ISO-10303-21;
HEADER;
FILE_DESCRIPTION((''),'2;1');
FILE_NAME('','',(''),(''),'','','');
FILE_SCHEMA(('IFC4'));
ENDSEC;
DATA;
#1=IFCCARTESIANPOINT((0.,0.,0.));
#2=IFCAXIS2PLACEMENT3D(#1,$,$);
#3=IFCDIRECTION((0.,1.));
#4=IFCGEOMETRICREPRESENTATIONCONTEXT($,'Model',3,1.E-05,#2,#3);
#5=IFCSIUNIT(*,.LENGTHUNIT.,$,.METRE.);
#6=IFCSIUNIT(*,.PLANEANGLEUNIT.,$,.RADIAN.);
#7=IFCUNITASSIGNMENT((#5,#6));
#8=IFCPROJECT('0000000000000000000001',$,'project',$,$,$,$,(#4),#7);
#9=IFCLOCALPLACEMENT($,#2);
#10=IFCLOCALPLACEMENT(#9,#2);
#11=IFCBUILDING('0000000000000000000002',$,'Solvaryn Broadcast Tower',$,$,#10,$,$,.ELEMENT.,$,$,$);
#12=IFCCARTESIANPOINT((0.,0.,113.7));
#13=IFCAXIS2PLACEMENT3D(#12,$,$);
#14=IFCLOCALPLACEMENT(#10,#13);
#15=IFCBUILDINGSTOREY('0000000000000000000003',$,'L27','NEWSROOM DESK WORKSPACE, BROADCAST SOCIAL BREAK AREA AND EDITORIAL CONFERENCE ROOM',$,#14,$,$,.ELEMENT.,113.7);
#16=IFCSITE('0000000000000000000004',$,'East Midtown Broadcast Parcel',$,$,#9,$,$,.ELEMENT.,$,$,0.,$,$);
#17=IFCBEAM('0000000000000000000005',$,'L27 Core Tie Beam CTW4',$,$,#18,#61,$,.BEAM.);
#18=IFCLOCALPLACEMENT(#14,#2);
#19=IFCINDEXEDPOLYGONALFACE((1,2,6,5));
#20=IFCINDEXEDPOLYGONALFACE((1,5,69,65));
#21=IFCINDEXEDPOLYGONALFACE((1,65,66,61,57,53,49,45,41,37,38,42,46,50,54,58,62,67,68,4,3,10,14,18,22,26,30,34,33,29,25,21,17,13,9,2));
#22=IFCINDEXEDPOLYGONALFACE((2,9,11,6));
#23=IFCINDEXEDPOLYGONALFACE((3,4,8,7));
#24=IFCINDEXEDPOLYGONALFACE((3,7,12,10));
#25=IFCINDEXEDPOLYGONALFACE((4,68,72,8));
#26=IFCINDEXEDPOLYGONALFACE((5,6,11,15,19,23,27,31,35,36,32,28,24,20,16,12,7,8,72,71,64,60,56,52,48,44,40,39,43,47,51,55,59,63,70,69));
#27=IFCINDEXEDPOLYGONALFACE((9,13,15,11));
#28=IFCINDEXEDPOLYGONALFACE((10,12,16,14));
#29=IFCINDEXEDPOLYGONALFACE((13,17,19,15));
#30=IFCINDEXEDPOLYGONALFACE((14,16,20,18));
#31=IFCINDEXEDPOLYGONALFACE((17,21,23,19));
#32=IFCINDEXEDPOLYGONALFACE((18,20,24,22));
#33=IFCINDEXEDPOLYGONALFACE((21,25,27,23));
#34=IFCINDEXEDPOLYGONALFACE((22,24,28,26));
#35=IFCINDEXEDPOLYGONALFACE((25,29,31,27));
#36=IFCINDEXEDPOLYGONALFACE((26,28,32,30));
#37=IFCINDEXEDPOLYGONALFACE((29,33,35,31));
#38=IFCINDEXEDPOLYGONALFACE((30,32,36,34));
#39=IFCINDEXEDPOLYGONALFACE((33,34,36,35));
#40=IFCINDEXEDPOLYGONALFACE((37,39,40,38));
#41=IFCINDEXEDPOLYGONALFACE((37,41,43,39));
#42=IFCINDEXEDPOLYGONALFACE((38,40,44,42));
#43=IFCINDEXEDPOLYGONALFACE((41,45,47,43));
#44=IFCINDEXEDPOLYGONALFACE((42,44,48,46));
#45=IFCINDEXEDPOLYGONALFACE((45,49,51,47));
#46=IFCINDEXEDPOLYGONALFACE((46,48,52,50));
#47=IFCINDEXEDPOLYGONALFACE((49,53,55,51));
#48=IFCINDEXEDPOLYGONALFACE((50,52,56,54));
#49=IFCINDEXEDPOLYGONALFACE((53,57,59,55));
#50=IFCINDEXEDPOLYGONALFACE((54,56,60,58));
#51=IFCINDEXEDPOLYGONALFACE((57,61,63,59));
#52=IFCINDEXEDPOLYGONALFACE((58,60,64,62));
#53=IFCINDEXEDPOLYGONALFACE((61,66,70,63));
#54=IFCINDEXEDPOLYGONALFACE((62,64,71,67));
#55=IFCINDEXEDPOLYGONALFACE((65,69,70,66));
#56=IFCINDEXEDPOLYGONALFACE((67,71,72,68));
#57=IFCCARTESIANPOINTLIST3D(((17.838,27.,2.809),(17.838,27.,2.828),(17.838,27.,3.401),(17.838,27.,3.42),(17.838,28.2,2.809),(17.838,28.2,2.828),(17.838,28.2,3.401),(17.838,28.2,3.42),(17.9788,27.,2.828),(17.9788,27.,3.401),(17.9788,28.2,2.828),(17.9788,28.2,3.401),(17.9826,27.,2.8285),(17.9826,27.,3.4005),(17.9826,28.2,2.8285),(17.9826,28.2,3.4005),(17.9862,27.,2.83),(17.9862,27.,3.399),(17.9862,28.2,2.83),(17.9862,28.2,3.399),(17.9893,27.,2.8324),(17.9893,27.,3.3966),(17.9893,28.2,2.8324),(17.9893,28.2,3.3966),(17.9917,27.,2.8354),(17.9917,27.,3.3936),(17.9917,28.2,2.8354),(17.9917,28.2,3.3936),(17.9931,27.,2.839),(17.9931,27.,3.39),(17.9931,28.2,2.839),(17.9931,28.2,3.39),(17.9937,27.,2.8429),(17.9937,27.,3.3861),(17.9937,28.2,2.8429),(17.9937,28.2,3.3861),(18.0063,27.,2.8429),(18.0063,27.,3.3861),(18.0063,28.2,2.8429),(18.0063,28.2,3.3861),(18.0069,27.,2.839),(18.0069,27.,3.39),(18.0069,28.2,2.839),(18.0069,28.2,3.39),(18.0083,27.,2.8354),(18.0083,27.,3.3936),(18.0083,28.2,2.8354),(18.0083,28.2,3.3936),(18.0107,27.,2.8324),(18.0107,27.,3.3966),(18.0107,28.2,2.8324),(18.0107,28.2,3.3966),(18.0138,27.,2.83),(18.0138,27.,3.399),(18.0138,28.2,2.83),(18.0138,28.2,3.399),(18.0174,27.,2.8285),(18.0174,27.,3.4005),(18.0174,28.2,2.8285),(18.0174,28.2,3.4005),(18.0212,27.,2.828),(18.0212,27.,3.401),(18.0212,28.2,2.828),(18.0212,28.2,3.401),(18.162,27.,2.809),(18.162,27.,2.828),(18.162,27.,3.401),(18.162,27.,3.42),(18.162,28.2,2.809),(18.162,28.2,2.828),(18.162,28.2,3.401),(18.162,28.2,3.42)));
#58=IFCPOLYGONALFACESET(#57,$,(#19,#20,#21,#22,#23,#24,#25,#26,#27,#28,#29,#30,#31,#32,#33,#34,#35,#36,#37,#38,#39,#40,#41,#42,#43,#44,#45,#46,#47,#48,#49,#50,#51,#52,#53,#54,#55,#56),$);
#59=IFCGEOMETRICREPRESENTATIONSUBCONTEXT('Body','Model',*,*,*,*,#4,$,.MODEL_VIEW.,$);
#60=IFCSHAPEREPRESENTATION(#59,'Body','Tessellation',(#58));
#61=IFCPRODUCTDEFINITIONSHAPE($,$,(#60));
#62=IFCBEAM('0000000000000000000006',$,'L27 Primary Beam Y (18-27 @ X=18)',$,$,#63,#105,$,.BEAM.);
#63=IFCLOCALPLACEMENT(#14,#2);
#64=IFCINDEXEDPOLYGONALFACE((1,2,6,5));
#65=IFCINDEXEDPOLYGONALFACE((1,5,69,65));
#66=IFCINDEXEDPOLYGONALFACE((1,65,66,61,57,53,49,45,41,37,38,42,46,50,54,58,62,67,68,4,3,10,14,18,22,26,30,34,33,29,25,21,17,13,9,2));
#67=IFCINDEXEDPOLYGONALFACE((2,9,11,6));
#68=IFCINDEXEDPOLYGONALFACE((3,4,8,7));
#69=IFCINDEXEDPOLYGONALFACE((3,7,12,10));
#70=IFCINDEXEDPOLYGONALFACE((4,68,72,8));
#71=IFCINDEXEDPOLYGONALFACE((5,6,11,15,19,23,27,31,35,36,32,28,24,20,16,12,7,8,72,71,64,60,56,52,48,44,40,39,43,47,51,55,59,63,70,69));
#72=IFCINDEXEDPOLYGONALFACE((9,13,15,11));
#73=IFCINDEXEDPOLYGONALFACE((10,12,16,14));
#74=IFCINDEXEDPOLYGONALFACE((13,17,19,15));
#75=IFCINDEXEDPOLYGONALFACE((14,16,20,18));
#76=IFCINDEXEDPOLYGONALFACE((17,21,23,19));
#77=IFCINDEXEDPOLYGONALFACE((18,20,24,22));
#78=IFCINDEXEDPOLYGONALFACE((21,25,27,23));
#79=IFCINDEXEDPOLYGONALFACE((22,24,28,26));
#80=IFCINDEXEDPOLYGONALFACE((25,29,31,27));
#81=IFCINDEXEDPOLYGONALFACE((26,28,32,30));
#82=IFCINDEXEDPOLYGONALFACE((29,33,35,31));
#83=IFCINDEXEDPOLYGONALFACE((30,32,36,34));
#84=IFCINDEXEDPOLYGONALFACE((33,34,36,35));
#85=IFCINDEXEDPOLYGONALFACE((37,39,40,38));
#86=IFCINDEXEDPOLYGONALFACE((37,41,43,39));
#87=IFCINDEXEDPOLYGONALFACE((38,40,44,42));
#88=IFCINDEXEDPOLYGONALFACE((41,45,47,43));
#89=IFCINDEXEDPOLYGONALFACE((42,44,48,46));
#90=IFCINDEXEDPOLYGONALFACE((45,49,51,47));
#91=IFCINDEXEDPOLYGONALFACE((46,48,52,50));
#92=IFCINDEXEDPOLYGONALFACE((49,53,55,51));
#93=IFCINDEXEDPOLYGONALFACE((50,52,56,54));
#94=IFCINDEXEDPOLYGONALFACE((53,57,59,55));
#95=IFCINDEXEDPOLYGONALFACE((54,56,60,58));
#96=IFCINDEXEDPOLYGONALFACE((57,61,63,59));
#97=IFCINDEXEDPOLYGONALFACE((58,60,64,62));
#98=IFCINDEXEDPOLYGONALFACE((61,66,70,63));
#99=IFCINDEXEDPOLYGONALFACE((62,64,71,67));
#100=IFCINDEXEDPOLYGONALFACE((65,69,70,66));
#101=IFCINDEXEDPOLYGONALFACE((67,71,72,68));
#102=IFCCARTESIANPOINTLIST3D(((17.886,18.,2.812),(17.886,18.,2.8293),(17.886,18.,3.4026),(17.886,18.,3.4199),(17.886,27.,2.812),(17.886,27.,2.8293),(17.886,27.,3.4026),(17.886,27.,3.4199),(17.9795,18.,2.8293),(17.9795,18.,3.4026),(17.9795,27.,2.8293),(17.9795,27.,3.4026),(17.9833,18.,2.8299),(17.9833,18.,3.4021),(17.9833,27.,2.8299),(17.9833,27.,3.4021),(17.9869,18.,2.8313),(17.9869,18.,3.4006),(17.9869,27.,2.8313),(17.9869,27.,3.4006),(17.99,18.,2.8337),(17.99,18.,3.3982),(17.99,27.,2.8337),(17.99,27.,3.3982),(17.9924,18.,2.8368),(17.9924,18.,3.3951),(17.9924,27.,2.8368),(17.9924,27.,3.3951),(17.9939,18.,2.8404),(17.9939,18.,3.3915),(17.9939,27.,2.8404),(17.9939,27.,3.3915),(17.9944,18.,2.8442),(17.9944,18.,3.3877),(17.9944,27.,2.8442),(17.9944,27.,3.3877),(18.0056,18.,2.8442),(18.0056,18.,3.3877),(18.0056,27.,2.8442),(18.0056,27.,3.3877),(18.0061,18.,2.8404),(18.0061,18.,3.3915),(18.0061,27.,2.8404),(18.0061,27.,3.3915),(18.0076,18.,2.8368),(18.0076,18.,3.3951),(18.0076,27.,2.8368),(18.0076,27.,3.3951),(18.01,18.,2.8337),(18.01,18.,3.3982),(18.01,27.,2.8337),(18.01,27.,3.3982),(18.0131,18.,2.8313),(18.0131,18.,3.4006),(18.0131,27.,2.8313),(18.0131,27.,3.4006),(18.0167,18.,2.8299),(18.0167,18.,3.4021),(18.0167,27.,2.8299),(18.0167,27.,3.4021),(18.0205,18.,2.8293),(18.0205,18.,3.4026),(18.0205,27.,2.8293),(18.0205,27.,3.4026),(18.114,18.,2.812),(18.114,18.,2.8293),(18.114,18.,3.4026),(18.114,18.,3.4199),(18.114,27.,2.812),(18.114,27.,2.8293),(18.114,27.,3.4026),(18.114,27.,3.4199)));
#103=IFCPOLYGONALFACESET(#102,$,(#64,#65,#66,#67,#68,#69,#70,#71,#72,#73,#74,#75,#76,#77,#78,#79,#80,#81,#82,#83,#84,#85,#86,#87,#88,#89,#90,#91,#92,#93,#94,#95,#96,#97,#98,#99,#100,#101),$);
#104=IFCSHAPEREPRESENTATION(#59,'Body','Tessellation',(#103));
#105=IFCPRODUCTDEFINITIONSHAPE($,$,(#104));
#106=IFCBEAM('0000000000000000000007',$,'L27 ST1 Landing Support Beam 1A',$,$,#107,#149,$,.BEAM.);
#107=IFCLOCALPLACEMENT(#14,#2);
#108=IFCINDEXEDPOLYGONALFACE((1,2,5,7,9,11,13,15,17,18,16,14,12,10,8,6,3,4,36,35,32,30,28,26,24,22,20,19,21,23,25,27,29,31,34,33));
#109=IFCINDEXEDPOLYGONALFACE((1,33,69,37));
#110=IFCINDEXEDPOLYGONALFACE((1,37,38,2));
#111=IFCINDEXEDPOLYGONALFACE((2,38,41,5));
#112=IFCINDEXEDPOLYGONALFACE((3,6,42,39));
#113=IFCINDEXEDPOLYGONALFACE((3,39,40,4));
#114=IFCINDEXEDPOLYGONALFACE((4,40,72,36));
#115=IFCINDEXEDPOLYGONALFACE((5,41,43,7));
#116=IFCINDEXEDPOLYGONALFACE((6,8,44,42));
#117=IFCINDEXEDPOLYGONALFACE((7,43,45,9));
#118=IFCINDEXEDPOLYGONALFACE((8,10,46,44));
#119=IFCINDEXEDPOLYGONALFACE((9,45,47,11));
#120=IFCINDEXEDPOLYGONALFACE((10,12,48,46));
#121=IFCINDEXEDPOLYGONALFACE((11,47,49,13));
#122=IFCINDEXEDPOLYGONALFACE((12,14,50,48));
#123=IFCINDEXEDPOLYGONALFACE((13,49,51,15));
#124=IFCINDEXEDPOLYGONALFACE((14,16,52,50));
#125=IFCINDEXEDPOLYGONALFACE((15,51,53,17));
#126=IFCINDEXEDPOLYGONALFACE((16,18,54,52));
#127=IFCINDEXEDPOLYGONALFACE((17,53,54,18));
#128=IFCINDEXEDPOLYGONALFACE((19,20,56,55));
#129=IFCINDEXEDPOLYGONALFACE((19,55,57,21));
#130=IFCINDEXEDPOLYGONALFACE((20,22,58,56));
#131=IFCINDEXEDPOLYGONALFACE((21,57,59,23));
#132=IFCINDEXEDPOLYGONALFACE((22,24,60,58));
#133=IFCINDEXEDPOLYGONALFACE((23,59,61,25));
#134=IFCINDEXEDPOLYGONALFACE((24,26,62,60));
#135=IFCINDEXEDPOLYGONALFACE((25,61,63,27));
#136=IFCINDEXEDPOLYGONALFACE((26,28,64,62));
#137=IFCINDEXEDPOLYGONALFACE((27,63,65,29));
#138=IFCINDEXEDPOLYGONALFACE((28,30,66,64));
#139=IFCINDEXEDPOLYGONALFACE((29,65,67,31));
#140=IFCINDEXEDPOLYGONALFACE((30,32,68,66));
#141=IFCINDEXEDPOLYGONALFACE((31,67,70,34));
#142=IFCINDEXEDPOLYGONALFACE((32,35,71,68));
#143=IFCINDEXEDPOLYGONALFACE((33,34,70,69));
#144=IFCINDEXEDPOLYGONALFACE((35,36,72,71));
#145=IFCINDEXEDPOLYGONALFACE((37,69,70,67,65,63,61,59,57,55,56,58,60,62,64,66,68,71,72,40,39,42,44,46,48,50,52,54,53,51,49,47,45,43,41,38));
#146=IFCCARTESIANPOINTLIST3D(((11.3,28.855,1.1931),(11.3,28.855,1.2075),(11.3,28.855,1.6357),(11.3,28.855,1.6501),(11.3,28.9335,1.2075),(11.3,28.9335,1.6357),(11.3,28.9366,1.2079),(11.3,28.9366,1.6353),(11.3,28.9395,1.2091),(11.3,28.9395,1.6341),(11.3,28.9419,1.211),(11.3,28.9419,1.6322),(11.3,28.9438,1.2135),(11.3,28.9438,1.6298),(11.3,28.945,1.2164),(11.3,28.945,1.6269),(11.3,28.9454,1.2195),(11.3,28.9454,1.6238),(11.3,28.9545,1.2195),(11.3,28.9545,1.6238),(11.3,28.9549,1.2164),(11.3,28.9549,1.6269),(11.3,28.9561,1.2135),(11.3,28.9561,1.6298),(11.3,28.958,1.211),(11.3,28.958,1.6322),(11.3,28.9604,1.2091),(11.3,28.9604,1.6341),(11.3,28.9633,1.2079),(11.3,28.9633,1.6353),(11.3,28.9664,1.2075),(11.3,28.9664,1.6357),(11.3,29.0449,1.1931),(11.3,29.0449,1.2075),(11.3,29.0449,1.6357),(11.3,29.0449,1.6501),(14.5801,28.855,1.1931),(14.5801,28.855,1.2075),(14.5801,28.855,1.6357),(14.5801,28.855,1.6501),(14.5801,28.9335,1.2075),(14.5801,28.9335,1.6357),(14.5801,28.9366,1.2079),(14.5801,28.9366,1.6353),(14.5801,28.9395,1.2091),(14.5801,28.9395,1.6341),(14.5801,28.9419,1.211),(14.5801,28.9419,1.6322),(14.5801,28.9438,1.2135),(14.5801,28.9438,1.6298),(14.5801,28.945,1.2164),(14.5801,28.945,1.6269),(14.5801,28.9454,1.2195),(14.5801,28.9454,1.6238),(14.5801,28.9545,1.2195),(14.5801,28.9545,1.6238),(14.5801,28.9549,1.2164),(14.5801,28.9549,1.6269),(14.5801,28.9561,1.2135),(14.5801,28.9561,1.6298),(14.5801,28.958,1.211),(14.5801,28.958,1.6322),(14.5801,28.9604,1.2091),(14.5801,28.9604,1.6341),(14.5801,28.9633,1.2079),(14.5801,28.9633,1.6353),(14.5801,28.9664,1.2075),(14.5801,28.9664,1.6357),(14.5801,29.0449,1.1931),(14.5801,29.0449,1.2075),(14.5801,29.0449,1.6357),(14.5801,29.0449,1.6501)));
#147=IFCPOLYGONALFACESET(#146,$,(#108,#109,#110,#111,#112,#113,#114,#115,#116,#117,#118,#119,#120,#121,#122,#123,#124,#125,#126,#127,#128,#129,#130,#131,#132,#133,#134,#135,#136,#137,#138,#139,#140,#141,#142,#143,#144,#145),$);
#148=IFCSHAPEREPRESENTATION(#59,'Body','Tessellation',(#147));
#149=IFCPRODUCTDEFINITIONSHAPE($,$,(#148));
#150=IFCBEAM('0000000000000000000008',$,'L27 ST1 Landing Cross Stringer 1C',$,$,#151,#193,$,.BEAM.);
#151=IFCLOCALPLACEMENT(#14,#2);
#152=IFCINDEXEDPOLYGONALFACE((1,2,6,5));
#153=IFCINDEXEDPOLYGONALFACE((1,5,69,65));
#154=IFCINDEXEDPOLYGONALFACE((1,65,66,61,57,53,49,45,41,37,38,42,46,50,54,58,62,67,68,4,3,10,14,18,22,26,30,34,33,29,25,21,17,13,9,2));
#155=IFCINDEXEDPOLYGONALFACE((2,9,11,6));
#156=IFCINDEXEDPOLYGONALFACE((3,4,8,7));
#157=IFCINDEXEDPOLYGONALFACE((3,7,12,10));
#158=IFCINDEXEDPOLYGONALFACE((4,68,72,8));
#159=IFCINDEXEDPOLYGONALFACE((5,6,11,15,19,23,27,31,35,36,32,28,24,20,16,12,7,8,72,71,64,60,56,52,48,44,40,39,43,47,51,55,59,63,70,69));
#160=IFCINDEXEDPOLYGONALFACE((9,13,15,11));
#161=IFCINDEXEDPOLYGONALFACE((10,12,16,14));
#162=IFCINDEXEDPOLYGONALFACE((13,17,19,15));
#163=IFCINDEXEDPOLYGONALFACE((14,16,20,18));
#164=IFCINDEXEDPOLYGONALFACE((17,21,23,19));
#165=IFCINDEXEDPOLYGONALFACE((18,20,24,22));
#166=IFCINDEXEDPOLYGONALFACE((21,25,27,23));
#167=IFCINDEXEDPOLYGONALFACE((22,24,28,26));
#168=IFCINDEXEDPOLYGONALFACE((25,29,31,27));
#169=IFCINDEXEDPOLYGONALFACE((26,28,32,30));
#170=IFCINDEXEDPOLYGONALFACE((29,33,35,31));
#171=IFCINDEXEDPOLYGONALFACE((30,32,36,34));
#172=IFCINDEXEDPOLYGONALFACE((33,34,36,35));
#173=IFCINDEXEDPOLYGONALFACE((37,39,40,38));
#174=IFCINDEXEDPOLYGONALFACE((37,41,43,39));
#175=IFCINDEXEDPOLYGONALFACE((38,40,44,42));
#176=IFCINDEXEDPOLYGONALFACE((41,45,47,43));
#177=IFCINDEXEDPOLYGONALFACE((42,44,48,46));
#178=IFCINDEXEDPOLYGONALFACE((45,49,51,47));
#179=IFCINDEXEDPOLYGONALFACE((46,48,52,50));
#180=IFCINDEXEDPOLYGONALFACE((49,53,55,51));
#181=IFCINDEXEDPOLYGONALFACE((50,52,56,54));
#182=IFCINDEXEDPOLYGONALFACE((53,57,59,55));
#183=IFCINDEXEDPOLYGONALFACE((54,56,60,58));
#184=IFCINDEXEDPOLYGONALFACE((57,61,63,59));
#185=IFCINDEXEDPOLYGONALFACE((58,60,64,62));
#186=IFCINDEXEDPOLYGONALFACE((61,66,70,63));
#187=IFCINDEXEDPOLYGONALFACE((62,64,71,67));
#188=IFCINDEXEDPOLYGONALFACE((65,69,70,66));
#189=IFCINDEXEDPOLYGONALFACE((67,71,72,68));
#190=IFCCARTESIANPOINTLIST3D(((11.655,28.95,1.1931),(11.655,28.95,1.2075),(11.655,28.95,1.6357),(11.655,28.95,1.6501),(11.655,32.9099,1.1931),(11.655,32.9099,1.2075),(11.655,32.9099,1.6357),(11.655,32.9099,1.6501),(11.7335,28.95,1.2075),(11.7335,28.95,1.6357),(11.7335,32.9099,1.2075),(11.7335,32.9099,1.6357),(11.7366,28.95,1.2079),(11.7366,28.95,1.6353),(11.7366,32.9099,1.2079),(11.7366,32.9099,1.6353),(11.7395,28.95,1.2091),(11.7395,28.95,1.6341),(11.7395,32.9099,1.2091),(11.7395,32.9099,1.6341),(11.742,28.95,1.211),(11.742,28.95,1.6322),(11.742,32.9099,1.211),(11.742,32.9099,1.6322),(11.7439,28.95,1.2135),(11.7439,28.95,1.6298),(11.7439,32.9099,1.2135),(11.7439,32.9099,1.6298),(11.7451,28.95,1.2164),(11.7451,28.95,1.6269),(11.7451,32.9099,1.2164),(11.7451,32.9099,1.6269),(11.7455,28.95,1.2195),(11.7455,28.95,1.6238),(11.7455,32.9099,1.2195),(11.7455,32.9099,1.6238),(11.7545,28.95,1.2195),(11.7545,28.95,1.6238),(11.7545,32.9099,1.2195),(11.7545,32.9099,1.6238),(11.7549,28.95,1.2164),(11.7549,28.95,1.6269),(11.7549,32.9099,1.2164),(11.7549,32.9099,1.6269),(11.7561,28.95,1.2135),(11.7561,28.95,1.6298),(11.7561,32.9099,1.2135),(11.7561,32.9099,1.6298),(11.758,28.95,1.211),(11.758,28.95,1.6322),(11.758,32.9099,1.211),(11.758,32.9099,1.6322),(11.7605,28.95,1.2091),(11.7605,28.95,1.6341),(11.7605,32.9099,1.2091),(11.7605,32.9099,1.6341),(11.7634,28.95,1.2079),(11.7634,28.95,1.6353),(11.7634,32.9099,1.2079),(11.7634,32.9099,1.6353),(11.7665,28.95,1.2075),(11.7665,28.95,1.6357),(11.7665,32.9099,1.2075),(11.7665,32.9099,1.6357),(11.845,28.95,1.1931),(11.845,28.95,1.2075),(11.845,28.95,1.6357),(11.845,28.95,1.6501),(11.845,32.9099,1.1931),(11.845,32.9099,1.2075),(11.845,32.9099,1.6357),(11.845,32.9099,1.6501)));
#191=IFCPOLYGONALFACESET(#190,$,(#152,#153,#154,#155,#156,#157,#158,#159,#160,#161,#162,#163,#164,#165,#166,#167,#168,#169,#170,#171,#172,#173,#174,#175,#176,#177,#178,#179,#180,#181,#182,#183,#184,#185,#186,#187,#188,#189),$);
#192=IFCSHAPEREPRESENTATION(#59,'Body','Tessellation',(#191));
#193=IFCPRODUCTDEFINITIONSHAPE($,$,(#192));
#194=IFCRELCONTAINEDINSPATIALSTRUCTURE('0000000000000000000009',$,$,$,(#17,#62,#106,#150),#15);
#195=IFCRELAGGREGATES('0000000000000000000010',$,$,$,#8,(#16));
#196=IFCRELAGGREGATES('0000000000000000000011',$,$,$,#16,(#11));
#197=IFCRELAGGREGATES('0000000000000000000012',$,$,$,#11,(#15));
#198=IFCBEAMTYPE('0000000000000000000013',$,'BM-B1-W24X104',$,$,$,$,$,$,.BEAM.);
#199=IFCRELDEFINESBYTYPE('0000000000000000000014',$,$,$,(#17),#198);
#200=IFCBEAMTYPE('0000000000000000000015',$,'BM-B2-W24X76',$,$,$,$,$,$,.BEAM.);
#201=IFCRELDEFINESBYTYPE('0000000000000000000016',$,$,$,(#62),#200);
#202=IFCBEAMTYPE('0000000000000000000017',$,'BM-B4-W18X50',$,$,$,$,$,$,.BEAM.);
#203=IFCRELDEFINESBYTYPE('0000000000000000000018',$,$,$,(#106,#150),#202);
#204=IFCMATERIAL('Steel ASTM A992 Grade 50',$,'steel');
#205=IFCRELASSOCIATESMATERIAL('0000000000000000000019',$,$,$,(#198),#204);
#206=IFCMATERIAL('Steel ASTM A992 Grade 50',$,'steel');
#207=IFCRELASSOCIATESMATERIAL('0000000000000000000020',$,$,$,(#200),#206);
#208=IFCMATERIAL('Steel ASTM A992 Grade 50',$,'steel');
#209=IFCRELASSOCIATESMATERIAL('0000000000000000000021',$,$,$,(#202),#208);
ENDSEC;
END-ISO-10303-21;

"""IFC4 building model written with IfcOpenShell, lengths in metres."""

from ifc_helpers import new_model, si_unit, direction, frame, origin, origin_2d, place, context, subcontext, project, spatial, i_section, extrude, material, material_profile, profile_set, type_object, element, save


model = new_model("IFC4")

# Units and contexts
model_context = context("Model", 3, precision=1e-05, world=origin(), true_north=direction((0.0, 1.0)))
body_context = subcontext(model_context, "Body", "Model", "MODEL_VIEW")
ifc_project = project(units=[si_unit("LENGTHUNIT", "METRE"), si_unit("PLANEANGLEUNIT", "RADIAN")], contexts=[model_context])

# Site, building, storey
site_placement = place(None, origin())
site = spatial("IfcSite", under=ifc_project, at=site_placement, Name="East Midtown Broadcast Parcel", CompositionType="ELEMENT", RefElevation=0.0)
building_placement = place(site_placement, origin())
building = spatial("IfcBuilding", under=site, at=building_placement, Name="Solvaryn Broadcast Tower", CompositionType="ELEMENT")
storey_placement = place(building_placement, frame((0.0, 0.0, 113.7)))
storey = spatial("IfcBuildingStorey", under=building, at=storey_placement, Name="L27", Description="NEWSROOM DESK WORKSPACE, BROADCAST SOCIAL BREAK AREA AND EDITORIAL CONFERENCE ROOM", CompositionType="ELEMENT", Elevation=113.7)

# Beams
ifc_material_1 = material(Name="Steel ASTM A992 Grade 50", Category="steel")
ifc_material_profile_1 = material_profile(ifc_material_1, i_section(OverallWidth=0.324, OverallDepth=0.6111, WebThickness=0.0127, FlangeThickness=0.019, FilletRadius=0.0149, at=origin_2d()))
ifc_profile_set_1 = profile_set([ifc_material_profile_1], Name="Steel ASTM A992 Grade 50")
beam_type_1 = type_object("IfcBeamType", Name="BM-B1-W24X104", PredefinedType="BEAM", material=ifc_profile_set_1)
beam_1_placement = place(storey_placement, frame((18.0, 27.0, 3.1145), z_axis=(0.0, 1.0, 0.0), x_axis=(-1.0, 0.0, 0.0)))
element("IfcBeam", 1, at=beam_1_placement, inside=storey, type_object=beam_type_1, Name="L27 Core Tie Beam CTW4", PredefinedType="BEAM", context=body_context, shape_type="SweptSolid", body=[
    extrude(i_section(OverallWidth=0.324, OverallDepth=0.6111, WebThickness=0.0127, FlangeThickness=0.019, FilletRadius=0.0149, at=origin_2d()), origin(), (0.0, 0.0, 1.0), 1.2),
])
ifc_material_2 = material(Name="Steel ASTM A992 Grade 50", Category="steel")
ifc_material_profile_2 = material_profile(ifc_material_2, i_section(OverallWidth=0.228, OverallDepth=0.6079, WebThickness=0.0112, FlangeThickness=0.0173, FilletRadius=0.0149, at=origin_2d()))
ifc_profile_set_2 = profile_set([ifc_material_profile_2], Name="Steel ASTM A992 Grade 50")
beam_type_2 = type_object("IfcBeamType", Name="BM-B2-W24X76", PredefinedType="BEAM", material=ifc_profile_set_2)
beam_2_placement = place(storey_placement, frame((18.0, 18.0, 3.116), z_axis=(0.0, 1.0, 0.0), x_axis=(-1.0, 0.0, 0.0)))
element("IfcBeam", 2, at=beam_2_placement, inside=storey, type_object=beam_type_2, Name="L27 Primary Beam Y (18-27 @ X=18)", PredefinedType="BEAM", context=body_context, shape_type="SweptSolid", body=[
    extrude(i_section(OverallWidth=0.228, OverallDepth=0.6079, WebThickness=0.0112, FlangeThickness=0.0173, FilletRadius=0.0149, at=origin_2d()), origin(), (0.0, 0.0, 1.0), 9.0),
])
ifc_material_3 = material(Name="Steel ASTM A992 Grade 50", Category="steel")
ifc_material_profile_3 = material_profile(ifc_material_3, i_section(OverallWidth=0.1899, OverallDepth=0.457, WebThickness=0.009, FlangeThickness=0.0144, FilletRadius=0.012, at=origin_2d()))
ifc_profile_set_3 = profile_set([ifc_material_profile_3], Name="Steel ASTM A992 Grade 50")
beam_type_3 = type_object("IfcBeamType", Name="BM-B4-W18X50", PredefinedType="BEAM", material=ifc_profile_set_3)
beam_3_placement = place(storey_placement, frame((11.3, 28.95, 1.4216), z_axis=(1.0, 0.0, 0.0), x_axis=(0.0, 1.0, 0.0)))
element("IfcBeam", 3, at=beam_3_placement, inside=storey, type_object=beam_type_3, Name="L27 ST1 Landing Support Beam 1A", PredefinedType="BEAM", context=body_context, shape_type="SweptSolid", body=[
    extrude(i_section(OverallWidth=0.1899, OverallDepth=0.457, WebThickness=0.009, FlangeThickness=0.0144, FilletRadius=0.012, at=origin_2d()), origin(), (0.0, 0.0, 1.0), 3.28),
])
beam_4_placement = place(storey_placement, frame((11.75, 28.95, 1.4216), z_axis=(0.0, 1.0, 0.0), x_axis=(-1.0, 0.0, 0.0)))
element("IfcBeam", 4, at=beam_4_placement, inside=storey, type_object=beam_type_3, Name="L27 ST1 Landing Cross Stringer 1C", PredefinedType="BEAM", context=body_context, shape_type="SweptSolid", body=[
    extrude(i_section(OverallWidth=0.1899, OverallDepth=0.457, WebThickness=0.009, FlangeThickness=0.0144, FilletRadius=0.012, at=origin_2d()), origin(), (0.0, 0.0, 1.0), 3.96),
])

save(model, "model.ifc")
